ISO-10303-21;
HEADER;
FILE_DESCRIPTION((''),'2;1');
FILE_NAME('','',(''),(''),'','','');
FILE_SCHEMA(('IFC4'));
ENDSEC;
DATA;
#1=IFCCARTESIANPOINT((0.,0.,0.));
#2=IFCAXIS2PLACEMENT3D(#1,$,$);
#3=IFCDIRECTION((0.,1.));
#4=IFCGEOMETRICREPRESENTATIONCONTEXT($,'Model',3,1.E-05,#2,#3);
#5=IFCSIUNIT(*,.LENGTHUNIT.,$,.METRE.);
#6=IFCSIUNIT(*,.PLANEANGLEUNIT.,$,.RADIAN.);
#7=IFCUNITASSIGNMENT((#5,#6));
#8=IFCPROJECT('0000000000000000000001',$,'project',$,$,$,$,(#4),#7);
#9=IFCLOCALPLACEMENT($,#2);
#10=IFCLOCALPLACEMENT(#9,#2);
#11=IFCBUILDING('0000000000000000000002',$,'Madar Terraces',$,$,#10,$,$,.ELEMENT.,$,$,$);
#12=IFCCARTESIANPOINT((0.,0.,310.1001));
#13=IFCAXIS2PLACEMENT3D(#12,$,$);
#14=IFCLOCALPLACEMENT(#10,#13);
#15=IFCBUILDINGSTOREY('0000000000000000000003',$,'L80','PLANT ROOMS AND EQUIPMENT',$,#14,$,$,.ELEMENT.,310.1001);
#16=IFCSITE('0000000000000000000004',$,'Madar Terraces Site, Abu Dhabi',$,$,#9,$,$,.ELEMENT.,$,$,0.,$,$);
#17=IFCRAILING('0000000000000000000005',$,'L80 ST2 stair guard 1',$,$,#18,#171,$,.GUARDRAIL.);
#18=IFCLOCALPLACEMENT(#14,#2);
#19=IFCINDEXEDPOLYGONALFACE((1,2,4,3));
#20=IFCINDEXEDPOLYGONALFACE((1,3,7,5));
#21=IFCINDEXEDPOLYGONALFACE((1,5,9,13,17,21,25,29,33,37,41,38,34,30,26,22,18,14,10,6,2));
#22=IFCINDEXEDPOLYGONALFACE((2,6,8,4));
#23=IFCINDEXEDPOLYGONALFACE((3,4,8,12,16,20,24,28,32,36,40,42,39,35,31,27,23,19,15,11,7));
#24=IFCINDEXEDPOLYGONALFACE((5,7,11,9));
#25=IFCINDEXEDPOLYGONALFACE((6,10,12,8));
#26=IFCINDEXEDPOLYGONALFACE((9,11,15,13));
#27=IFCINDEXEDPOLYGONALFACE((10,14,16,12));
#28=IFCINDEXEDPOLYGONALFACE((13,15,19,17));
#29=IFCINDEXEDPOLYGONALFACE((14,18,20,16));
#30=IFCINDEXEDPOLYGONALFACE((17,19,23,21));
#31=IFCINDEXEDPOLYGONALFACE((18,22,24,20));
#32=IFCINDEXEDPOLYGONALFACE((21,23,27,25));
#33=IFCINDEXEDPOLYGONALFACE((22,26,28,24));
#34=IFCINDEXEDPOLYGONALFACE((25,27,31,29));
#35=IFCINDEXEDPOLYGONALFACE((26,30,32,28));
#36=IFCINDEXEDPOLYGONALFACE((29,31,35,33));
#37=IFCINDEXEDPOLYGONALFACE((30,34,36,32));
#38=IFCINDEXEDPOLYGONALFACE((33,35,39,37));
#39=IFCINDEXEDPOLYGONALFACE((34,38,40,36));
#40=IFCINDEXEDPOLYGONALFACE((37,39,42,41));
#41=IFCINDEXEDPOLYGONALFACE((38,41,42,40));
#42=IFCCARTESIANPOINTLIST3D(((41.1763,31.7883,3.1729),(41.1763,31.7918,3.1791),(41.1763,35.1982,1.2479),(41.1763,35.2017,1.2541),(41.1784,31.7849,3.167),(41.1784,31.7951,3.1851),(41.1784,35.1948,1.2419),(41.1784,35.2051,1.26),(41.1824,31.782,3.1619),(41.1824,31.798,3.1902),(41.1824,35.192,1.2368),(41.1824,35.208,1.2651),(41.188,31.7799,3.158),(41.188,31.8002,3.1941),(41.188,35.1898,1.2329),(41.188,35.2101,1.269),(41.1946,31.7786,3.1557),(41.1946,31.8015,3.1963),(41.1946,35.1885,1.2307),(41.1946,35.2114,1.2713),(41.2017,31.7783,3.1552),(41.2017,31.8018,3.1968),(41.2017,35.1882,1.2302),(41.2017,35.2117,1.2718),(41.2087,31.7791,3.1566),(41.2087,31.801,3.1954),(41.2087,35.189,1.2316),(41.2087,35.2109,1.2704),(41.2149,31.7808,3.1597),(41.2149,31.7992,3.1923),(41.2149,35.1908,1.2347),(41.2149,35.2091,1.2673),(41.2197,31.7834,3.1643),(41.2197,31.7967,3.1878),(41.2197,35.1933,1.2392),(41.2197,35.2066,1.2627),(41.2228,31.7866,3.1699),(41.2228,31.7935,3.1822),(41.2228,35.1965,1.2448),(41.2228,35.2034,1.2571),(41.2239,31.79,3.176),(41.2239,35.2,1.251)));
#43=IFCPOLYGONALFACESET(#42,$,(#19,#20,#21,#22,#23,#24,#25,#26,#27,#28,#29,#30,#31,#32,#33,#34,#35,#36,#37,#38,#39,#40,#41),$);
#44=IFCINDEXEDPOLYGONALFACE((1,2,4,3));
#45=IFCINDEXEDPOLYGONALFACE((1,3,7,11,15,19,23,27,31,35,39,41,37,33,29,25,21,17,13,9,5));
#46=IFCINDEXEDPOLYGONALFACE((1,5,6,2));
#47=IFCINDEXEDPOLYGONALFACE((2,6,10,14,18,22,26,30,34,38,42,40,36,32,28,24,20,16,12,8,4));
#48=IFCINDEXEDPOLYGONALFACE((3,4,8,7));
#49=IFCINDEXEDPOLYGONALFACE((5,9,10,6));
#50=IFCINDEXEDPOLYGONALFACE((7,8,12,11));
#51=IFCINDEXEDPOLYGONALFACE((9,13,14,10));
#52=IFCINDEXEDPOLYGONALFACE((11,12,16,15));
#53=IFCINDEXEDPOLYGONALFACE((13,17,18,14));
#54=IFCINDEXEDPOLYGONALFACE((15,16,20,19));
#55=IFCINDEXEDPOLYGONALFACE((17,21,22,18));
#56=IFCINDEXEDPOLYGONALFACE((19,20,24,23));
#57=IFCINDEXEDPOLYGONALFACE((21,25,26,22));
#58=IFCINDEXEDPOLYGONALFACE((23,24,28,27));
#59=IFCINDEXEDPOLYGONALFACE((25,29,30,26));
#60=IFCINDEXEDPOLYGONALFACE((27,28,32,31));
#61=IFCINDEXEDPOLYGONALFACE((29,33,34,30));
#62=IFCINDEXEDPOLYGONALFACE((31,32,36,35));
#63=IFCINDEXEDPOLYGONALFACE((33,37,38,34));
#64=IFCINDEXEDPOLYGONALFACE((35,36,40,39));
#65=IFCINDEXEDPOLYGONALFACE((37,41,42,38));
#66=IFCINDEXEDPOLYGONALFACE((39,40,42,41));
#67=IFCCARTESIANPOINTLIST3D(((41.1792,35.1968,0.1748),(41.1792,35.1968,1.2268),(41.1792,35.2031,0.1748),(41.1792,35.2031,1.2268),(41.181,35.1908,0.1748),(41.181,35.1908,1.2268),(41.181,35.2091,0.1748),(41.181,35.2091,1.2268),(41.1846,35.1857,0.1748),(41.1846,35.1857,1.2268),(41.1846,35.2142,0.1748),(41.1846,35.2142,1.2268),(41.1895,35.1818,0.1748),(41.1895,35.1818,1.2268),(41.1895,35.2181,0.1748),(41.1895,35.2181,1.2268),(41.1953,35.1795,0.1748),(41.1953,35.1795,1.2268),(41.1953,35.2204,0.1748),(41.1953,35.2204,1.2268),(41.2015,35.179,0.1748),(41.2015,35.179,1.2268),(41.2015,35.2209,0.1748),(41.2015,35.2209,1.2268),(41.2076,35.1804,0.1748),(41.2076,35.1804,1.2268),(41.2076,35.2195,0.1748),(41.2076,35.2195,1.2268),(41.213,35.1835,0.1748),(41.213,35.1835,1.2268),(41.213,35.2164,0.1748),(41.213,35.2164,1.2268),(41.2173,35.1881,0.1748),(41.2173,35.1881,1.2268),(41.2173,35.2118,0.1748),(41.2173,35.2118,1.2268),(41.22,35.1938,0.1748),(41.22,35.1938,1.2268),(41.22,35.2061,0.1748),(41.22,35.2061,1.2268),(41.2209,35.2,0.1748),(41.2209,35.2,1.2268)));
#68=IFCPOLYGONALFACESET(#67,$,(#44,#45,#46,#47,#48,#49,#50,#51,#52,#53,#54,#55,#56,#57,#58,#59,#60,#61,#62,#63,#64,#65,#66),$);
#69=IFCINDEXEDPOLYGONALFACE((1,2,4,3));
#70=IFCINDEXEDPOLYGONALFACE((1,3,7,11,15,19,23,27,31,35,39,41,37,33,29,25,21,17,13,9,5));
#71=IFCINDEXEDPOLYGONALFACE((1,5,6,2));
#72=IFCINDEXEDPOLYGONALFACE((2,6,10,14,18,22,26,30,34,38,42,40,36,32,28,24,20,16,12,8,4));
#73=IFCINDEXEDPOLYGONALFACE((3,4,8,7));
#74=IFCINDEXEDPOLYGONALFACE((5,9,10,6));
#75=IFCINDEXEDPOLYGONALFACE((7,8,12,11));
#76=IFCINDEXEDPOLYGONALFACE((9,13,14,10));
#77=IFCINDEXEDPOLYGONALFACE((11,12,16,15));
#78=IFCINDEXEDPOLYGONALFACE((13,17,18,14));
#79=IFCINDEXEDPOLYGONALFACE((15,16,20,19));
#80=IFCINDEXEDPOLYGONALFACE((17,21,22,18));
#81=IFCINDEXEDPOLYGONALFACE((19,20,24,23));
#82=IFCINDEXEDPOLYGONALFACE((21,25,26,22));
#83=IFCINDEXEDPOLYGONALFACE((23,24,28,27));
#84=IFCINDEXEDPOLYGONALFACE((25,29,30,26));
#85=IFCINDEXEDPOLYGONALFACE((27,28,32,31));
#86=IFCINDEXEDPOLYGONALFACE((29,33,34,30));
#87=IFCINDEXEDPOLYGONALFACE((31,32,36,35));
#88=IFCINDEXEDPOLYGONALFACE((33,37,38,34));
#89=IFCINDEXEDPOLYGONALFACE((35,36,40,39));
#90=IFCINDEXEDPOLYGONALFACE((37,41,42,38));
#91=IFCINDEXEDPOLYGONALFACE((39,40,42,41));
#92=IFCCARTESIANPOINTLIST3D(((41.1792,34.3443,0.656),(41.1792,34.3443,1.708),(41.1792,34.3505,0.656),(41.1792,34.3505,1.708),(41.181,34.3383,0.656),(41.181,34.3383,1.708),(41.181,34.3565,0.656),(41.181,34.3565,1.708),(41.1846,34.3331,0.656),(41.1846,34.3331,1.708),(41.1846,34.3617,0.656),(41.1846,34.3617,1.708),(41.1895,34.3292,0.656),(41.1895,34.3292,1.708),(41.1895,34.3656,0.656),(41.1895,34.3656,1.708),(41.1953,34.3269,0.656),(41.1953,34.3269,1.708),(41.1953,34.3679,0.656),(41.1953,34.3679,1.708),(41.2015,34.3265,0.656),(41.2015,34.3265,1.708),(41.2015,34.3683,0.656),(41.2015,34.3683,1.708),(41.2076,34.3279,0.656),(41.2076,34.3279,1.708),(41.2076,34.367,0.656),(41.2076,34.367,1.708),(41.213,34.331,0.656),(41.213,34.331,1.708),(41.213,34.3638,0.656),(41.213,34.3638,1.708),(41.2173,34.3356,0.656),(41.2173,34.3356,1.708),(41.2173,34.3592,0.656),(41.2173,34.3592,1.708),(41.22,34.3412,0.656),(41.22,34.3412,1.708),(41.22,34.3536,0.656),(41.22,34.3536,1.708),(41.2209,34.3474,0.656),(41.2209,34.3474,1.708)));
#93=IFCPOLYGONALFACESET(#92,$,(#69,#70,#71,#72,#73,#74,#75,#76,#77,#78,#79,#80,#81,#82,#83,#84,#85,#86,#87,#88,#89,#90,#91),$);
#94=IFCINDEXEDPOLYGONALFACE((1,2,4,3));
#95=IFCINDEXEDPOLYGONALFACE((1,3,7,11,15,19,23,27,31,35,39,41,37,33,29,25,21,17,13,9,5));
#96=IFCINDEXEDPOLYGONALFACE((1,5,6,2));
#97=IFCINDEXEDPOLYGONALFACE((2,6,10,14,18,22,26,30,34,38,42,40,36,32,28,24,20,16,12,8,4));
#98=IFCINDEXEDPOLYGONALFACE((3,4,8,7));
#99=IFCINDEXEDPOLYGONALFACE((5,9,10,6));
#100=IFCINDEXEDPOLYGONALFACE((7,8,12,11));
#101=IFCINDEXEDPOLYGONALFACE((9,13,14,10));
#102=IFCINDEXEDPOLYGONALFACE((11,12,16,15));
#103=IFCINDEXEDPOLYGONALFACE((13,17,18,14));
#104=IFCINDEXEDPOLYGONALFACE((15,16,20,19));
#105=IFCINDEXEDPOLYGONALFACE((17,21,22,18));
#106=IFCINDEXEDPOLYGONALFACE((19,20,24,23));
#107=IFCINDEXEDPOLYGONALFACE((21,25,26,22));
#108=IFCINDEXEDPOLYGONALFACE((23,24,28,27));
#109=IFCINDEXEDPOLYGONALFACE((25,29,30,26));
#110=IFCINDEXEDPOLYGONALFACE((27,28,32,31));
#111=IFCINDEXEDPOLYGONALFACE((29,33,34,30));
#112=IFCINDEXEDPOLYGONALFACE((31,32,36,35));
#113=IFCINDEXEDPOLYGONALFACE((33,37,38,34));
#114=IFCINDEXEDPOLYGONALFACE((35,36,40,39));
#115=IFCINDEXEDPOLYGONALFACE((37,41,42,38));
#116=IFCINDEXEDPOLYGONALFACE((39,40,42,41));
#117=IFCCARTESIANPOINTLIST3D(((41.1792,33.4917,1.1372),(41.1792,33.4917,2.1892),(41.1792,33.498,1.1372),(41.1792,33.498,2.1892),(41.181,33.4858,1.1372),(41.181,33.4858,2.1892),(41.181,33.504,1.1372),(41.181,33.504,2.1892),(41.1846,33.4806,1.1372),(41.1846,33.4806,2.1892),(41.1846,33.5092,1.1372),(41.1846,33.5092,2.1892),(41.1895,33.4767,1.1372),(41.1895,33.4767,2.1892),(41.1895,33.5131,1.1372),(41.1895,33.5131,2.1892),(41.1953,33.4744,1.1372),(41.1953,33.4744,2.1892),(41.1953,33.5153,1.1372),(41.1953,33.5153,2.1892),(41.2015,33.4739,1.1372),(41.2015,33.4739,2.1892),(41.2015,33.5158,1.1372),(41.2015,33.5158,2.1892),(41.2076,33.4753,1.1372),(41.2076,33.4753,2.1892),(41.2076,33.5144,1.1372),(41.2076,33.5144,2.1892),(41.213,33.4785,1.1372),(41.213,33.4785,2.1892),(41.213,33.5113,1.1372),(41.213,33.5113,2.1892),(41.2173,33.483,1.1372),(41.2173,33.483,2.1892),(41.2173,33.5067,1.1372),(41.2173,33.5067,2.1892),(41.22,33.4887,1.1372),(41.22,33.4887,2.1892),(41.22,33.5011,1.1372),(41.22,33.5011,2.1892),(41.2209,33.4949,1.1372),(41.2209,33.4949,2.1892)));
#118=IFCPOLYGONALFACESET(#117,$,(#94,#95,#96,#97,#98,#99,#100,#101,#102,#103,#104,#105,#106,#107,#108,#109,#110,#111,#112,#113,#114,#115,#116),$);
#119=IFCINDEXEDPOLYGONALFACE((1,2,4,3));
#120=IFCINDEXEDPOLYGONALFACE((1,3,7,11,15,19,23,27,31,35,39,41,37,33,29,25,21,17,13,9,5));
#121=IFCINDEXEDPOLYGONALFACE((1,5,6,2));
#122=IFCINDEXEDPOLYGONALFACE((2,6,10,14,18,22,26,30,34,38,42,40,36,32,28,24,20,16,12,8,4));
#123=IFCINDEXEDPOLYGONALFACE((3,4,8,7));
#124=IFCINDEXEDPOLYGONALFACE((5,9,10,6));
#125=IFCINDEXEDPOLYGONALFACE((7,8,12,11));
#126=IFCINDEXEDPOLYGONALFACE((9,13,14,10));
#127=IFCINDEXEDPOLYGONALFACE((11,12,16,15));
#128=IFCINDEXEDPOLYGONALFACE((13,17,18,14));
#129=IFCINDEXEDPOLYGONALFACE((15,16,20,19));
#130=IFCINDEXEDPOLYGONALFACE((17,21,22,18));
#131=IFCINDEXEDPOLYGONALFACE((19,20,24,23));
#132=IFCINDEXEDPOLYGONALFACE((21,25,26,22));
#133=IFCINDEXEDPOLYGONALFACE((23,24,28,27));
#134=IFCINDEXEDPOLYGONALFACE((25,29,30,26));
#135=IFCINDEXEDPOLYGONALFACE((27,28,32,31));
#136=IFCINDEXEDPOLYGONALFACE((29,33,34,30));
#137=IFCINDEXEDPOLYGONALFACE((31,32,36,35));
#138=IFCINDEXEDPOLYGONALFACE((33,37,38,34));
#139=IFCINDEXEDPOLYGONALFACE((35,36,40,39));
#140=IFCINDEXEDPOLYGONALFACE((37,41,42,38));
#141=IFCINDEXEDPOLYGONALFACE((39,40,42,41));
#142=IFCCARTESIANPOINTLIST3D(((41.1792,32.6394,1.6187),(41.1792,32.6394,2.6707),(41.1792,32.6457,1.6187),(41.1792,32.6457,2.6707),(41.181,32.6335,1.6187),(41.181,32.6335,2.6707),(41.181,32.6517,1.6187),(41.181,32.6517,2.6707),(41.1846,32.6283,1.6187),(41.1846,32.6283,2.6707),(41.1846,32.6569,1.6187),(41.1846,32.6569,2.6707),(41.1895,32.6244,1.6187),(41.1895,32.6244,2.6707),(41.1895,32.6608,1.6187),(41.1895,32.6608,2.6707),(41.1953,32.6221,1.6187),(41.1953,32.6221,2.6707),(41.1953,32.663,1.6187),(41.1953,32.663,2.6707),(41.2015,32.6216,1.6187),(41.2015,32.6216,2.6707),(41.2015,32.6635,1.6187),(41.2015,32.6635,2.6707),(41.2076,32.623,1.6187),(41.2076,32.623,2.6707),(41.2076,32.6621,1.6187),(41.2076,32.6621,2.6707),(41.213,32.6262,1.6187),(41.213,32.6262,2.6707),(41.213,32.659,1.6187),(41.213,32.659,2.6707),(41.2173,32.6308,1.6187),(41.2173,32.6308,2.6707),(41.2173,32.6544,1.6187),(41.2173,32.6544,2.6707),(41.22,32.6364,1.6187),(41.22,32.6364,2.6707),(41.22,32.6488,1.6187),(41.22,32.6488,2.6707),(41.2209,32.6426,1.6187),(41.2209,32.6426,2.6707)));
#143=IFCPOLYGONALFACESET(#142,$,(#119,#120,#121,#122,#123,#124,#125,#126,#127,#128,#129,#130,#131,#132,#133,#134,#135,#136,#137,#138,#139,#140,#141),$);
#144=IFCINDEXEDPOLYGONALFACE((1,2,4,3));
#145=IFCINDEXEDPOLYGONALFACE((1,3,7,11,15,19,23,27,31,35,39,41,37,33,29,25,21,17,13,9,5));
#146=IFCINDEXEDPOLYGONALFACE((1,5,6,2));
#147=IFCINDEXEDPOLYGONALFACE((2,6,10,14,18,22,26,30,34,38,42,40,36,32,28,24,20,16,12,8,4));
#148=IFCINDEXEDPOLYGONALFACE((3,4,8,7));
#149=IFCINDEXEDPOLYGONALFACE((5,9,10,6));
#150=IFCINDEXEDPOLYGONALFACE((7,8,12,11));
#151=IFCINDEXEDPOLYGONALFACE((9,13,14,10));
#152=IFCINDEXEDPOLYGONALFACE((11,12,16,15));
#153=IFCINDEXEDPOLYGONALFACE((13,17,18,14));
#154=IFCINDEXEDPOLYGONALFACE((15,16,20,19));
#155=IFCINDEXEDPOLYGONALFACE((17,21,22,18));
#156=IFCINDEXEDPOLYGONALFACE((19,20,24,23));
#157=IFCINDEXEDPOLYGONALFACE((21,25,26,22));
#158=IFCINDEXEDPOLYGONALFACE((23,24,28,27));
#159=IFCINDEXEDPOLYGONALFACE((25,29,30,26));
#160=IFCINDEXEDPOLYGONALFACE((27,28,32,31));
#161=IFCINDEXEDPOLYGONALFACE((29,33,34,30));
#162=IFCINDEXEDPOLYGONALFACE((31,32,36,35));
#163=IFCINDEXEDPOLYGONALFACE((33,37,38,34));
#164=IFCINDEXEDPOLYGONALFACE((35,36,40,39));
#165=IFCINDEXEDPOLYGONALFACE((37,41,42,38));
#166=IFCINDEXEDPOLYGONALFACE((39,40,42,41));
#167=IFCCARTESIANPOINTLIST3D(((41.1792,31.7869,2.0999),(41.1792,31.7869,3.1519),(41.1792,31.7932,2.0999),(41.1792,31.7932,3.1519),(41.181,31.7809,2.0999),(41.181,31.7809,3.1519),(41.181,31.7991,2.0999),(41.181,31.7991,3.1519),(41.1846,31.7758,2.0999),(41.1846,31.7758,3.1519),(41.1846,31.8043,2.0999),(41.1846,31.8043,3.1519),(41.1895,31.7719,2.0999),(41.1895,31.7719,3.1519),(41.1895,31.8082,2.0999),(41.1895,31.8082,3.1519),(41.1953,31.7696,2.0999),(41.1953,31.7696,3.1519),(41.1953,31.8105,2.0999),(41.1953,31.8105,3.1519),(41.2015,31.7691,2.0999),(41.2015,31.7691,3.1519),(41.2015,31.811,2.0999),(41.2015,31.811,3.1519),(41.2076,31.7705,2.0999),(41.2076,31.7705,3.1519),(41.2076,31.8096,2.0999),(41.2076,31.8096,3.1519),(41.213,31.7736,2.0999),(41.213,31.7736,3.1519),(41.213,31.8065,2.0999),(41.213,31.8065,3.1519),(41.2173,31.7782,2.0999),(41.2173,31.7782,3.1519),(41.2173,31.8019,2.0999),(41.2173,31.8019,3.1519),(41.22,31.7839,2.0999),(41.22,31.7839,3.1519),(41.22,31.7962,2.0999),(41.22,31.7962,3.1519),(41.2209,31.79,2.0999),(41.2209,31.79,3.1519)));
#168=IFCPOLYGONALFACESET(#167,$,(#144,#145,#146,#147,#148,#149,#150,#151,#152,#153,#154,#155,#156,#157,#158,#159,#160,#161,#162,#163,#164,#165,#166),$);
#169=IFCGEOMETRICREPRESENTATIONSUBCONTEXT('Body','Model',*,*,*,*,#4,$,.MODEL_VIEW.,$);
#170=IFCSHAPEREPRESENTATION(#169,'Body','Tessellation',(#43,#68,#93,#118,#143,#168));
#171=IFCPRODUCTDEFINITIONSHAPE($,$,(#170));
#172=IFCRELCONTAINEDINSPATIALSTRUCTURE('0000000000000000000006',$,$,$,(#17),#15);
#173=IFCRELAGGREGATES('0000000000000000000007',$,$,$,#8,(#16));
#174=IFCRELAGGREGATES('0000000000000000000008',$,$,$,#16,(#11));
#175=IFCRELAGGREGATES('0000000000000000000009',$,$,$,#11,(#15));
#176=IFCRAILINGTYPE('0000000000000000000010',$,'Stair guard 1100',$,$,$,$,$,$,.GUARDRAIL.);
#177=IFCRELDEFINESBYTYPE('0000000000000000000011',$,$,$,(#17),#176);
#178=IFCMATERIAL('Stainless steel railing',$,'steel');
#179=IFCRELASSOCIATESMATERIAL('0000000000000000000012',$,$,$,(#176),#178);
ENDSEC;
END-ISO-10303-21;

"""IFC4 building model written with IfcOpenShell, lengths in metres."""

from ifc_helpers import new_model, si_unit, direction, frame, origin, origin_2d, place, context, subcontext, project, spatial, circle, extrude, material, type_object, element, save


model = new_model("IFC4")

# Units and contexts
model_context = context("Model", 3, precision=1e-05, world=origin(), true_north=direction((0.0, 1.0)))
body_context = subcontext(model_context, "Body", "Model", "MODEL_VIEW")
ifc_project = project(units=[si_unit("LENGTHUNIT", "METRE"), si_unit("PLANEANGLEUNIT", "RADIAN")], contexts=[model_context])

# Site, building, storey
site_placement = place(None, origin())
site = spatial("IfcSite", under=ifc_project, at=site_placement, Name="Madar Terraces Site, Abu Dhabi", CompositionType="ELEMENT", RefElevation=0.0)
building_placement = place(site_placement, origin())
building = spatial("IfcBuilding", under=site, at=building_placement, Name="Madar Terraces", CompositionType="ELEMENT")
storey_placement = place(building_placement, frame((0.0, 0.0, 310.1001)))
storey = spatial("IfcBuildingStorey", under=building, at=storey_placement, Name="L80", Description="PLANT ROOMS AND EQUIPMENT", CompositionType="ELEMENT", Elevation=310.1001)

# Railing
ifc_material_1 = material(Name="Stainless steel railing", Category="steel")
railing_type_1 = type_object("IfcRailingType", Name="Stair guard 1100", PredefinedType="GUARDRAIL", material=ifc_material_1)
railing_1_placement = place(storey_placement, frame((41.2, 35.2, 0.1748)))
element("IfcRailing", 1, at=railing_1_placement, inside=storey, type_object=railing_type_1, Name="L80 ST2 stair guard 1", PredefinedType="GUARDRAIL", context=body_context, shape_type="SweptSolid", body=[
    extrude(circle(Radius=0.0239, at=origin_2d()), frame((0.0, 0.0, 1.0762), z_axis=(0.0, -0.870814, 0.491613), x_axis=(1.0, 0.0, 0.0)), (0.0, 0.0, 1.0), 3.9158),
    extrude(circle(Radius=0.021, at=origin_2d()), origin(), (0.0, 0.0, 1.0), 1.052),
    extrude(circle(Radius=0.021, at=origin_2d()), frame((0.0, -0.8525, 0.4812)), (0.0, 0.0, 1.0), 1.052),
    extrude(circle(Radius=0.021, at=origin_2d()), frame((0.0, -1.7051, 0.9624)), (0.0, 0.0, 1.0), 1.052),
    extrude(circle(Radius=0.021, at=origin_2d()), frame((0.0, -2.5574, 1.4438)), (0.0, 0.0, 1.0), 1.052),
    extrude(circle(Radius=0.021, at=origin_2d()), frame((0.0, -3.4099, 1.925)), (0.0, 0.0, 1.0), 1.052),
])

save(model, "model.ifc")
